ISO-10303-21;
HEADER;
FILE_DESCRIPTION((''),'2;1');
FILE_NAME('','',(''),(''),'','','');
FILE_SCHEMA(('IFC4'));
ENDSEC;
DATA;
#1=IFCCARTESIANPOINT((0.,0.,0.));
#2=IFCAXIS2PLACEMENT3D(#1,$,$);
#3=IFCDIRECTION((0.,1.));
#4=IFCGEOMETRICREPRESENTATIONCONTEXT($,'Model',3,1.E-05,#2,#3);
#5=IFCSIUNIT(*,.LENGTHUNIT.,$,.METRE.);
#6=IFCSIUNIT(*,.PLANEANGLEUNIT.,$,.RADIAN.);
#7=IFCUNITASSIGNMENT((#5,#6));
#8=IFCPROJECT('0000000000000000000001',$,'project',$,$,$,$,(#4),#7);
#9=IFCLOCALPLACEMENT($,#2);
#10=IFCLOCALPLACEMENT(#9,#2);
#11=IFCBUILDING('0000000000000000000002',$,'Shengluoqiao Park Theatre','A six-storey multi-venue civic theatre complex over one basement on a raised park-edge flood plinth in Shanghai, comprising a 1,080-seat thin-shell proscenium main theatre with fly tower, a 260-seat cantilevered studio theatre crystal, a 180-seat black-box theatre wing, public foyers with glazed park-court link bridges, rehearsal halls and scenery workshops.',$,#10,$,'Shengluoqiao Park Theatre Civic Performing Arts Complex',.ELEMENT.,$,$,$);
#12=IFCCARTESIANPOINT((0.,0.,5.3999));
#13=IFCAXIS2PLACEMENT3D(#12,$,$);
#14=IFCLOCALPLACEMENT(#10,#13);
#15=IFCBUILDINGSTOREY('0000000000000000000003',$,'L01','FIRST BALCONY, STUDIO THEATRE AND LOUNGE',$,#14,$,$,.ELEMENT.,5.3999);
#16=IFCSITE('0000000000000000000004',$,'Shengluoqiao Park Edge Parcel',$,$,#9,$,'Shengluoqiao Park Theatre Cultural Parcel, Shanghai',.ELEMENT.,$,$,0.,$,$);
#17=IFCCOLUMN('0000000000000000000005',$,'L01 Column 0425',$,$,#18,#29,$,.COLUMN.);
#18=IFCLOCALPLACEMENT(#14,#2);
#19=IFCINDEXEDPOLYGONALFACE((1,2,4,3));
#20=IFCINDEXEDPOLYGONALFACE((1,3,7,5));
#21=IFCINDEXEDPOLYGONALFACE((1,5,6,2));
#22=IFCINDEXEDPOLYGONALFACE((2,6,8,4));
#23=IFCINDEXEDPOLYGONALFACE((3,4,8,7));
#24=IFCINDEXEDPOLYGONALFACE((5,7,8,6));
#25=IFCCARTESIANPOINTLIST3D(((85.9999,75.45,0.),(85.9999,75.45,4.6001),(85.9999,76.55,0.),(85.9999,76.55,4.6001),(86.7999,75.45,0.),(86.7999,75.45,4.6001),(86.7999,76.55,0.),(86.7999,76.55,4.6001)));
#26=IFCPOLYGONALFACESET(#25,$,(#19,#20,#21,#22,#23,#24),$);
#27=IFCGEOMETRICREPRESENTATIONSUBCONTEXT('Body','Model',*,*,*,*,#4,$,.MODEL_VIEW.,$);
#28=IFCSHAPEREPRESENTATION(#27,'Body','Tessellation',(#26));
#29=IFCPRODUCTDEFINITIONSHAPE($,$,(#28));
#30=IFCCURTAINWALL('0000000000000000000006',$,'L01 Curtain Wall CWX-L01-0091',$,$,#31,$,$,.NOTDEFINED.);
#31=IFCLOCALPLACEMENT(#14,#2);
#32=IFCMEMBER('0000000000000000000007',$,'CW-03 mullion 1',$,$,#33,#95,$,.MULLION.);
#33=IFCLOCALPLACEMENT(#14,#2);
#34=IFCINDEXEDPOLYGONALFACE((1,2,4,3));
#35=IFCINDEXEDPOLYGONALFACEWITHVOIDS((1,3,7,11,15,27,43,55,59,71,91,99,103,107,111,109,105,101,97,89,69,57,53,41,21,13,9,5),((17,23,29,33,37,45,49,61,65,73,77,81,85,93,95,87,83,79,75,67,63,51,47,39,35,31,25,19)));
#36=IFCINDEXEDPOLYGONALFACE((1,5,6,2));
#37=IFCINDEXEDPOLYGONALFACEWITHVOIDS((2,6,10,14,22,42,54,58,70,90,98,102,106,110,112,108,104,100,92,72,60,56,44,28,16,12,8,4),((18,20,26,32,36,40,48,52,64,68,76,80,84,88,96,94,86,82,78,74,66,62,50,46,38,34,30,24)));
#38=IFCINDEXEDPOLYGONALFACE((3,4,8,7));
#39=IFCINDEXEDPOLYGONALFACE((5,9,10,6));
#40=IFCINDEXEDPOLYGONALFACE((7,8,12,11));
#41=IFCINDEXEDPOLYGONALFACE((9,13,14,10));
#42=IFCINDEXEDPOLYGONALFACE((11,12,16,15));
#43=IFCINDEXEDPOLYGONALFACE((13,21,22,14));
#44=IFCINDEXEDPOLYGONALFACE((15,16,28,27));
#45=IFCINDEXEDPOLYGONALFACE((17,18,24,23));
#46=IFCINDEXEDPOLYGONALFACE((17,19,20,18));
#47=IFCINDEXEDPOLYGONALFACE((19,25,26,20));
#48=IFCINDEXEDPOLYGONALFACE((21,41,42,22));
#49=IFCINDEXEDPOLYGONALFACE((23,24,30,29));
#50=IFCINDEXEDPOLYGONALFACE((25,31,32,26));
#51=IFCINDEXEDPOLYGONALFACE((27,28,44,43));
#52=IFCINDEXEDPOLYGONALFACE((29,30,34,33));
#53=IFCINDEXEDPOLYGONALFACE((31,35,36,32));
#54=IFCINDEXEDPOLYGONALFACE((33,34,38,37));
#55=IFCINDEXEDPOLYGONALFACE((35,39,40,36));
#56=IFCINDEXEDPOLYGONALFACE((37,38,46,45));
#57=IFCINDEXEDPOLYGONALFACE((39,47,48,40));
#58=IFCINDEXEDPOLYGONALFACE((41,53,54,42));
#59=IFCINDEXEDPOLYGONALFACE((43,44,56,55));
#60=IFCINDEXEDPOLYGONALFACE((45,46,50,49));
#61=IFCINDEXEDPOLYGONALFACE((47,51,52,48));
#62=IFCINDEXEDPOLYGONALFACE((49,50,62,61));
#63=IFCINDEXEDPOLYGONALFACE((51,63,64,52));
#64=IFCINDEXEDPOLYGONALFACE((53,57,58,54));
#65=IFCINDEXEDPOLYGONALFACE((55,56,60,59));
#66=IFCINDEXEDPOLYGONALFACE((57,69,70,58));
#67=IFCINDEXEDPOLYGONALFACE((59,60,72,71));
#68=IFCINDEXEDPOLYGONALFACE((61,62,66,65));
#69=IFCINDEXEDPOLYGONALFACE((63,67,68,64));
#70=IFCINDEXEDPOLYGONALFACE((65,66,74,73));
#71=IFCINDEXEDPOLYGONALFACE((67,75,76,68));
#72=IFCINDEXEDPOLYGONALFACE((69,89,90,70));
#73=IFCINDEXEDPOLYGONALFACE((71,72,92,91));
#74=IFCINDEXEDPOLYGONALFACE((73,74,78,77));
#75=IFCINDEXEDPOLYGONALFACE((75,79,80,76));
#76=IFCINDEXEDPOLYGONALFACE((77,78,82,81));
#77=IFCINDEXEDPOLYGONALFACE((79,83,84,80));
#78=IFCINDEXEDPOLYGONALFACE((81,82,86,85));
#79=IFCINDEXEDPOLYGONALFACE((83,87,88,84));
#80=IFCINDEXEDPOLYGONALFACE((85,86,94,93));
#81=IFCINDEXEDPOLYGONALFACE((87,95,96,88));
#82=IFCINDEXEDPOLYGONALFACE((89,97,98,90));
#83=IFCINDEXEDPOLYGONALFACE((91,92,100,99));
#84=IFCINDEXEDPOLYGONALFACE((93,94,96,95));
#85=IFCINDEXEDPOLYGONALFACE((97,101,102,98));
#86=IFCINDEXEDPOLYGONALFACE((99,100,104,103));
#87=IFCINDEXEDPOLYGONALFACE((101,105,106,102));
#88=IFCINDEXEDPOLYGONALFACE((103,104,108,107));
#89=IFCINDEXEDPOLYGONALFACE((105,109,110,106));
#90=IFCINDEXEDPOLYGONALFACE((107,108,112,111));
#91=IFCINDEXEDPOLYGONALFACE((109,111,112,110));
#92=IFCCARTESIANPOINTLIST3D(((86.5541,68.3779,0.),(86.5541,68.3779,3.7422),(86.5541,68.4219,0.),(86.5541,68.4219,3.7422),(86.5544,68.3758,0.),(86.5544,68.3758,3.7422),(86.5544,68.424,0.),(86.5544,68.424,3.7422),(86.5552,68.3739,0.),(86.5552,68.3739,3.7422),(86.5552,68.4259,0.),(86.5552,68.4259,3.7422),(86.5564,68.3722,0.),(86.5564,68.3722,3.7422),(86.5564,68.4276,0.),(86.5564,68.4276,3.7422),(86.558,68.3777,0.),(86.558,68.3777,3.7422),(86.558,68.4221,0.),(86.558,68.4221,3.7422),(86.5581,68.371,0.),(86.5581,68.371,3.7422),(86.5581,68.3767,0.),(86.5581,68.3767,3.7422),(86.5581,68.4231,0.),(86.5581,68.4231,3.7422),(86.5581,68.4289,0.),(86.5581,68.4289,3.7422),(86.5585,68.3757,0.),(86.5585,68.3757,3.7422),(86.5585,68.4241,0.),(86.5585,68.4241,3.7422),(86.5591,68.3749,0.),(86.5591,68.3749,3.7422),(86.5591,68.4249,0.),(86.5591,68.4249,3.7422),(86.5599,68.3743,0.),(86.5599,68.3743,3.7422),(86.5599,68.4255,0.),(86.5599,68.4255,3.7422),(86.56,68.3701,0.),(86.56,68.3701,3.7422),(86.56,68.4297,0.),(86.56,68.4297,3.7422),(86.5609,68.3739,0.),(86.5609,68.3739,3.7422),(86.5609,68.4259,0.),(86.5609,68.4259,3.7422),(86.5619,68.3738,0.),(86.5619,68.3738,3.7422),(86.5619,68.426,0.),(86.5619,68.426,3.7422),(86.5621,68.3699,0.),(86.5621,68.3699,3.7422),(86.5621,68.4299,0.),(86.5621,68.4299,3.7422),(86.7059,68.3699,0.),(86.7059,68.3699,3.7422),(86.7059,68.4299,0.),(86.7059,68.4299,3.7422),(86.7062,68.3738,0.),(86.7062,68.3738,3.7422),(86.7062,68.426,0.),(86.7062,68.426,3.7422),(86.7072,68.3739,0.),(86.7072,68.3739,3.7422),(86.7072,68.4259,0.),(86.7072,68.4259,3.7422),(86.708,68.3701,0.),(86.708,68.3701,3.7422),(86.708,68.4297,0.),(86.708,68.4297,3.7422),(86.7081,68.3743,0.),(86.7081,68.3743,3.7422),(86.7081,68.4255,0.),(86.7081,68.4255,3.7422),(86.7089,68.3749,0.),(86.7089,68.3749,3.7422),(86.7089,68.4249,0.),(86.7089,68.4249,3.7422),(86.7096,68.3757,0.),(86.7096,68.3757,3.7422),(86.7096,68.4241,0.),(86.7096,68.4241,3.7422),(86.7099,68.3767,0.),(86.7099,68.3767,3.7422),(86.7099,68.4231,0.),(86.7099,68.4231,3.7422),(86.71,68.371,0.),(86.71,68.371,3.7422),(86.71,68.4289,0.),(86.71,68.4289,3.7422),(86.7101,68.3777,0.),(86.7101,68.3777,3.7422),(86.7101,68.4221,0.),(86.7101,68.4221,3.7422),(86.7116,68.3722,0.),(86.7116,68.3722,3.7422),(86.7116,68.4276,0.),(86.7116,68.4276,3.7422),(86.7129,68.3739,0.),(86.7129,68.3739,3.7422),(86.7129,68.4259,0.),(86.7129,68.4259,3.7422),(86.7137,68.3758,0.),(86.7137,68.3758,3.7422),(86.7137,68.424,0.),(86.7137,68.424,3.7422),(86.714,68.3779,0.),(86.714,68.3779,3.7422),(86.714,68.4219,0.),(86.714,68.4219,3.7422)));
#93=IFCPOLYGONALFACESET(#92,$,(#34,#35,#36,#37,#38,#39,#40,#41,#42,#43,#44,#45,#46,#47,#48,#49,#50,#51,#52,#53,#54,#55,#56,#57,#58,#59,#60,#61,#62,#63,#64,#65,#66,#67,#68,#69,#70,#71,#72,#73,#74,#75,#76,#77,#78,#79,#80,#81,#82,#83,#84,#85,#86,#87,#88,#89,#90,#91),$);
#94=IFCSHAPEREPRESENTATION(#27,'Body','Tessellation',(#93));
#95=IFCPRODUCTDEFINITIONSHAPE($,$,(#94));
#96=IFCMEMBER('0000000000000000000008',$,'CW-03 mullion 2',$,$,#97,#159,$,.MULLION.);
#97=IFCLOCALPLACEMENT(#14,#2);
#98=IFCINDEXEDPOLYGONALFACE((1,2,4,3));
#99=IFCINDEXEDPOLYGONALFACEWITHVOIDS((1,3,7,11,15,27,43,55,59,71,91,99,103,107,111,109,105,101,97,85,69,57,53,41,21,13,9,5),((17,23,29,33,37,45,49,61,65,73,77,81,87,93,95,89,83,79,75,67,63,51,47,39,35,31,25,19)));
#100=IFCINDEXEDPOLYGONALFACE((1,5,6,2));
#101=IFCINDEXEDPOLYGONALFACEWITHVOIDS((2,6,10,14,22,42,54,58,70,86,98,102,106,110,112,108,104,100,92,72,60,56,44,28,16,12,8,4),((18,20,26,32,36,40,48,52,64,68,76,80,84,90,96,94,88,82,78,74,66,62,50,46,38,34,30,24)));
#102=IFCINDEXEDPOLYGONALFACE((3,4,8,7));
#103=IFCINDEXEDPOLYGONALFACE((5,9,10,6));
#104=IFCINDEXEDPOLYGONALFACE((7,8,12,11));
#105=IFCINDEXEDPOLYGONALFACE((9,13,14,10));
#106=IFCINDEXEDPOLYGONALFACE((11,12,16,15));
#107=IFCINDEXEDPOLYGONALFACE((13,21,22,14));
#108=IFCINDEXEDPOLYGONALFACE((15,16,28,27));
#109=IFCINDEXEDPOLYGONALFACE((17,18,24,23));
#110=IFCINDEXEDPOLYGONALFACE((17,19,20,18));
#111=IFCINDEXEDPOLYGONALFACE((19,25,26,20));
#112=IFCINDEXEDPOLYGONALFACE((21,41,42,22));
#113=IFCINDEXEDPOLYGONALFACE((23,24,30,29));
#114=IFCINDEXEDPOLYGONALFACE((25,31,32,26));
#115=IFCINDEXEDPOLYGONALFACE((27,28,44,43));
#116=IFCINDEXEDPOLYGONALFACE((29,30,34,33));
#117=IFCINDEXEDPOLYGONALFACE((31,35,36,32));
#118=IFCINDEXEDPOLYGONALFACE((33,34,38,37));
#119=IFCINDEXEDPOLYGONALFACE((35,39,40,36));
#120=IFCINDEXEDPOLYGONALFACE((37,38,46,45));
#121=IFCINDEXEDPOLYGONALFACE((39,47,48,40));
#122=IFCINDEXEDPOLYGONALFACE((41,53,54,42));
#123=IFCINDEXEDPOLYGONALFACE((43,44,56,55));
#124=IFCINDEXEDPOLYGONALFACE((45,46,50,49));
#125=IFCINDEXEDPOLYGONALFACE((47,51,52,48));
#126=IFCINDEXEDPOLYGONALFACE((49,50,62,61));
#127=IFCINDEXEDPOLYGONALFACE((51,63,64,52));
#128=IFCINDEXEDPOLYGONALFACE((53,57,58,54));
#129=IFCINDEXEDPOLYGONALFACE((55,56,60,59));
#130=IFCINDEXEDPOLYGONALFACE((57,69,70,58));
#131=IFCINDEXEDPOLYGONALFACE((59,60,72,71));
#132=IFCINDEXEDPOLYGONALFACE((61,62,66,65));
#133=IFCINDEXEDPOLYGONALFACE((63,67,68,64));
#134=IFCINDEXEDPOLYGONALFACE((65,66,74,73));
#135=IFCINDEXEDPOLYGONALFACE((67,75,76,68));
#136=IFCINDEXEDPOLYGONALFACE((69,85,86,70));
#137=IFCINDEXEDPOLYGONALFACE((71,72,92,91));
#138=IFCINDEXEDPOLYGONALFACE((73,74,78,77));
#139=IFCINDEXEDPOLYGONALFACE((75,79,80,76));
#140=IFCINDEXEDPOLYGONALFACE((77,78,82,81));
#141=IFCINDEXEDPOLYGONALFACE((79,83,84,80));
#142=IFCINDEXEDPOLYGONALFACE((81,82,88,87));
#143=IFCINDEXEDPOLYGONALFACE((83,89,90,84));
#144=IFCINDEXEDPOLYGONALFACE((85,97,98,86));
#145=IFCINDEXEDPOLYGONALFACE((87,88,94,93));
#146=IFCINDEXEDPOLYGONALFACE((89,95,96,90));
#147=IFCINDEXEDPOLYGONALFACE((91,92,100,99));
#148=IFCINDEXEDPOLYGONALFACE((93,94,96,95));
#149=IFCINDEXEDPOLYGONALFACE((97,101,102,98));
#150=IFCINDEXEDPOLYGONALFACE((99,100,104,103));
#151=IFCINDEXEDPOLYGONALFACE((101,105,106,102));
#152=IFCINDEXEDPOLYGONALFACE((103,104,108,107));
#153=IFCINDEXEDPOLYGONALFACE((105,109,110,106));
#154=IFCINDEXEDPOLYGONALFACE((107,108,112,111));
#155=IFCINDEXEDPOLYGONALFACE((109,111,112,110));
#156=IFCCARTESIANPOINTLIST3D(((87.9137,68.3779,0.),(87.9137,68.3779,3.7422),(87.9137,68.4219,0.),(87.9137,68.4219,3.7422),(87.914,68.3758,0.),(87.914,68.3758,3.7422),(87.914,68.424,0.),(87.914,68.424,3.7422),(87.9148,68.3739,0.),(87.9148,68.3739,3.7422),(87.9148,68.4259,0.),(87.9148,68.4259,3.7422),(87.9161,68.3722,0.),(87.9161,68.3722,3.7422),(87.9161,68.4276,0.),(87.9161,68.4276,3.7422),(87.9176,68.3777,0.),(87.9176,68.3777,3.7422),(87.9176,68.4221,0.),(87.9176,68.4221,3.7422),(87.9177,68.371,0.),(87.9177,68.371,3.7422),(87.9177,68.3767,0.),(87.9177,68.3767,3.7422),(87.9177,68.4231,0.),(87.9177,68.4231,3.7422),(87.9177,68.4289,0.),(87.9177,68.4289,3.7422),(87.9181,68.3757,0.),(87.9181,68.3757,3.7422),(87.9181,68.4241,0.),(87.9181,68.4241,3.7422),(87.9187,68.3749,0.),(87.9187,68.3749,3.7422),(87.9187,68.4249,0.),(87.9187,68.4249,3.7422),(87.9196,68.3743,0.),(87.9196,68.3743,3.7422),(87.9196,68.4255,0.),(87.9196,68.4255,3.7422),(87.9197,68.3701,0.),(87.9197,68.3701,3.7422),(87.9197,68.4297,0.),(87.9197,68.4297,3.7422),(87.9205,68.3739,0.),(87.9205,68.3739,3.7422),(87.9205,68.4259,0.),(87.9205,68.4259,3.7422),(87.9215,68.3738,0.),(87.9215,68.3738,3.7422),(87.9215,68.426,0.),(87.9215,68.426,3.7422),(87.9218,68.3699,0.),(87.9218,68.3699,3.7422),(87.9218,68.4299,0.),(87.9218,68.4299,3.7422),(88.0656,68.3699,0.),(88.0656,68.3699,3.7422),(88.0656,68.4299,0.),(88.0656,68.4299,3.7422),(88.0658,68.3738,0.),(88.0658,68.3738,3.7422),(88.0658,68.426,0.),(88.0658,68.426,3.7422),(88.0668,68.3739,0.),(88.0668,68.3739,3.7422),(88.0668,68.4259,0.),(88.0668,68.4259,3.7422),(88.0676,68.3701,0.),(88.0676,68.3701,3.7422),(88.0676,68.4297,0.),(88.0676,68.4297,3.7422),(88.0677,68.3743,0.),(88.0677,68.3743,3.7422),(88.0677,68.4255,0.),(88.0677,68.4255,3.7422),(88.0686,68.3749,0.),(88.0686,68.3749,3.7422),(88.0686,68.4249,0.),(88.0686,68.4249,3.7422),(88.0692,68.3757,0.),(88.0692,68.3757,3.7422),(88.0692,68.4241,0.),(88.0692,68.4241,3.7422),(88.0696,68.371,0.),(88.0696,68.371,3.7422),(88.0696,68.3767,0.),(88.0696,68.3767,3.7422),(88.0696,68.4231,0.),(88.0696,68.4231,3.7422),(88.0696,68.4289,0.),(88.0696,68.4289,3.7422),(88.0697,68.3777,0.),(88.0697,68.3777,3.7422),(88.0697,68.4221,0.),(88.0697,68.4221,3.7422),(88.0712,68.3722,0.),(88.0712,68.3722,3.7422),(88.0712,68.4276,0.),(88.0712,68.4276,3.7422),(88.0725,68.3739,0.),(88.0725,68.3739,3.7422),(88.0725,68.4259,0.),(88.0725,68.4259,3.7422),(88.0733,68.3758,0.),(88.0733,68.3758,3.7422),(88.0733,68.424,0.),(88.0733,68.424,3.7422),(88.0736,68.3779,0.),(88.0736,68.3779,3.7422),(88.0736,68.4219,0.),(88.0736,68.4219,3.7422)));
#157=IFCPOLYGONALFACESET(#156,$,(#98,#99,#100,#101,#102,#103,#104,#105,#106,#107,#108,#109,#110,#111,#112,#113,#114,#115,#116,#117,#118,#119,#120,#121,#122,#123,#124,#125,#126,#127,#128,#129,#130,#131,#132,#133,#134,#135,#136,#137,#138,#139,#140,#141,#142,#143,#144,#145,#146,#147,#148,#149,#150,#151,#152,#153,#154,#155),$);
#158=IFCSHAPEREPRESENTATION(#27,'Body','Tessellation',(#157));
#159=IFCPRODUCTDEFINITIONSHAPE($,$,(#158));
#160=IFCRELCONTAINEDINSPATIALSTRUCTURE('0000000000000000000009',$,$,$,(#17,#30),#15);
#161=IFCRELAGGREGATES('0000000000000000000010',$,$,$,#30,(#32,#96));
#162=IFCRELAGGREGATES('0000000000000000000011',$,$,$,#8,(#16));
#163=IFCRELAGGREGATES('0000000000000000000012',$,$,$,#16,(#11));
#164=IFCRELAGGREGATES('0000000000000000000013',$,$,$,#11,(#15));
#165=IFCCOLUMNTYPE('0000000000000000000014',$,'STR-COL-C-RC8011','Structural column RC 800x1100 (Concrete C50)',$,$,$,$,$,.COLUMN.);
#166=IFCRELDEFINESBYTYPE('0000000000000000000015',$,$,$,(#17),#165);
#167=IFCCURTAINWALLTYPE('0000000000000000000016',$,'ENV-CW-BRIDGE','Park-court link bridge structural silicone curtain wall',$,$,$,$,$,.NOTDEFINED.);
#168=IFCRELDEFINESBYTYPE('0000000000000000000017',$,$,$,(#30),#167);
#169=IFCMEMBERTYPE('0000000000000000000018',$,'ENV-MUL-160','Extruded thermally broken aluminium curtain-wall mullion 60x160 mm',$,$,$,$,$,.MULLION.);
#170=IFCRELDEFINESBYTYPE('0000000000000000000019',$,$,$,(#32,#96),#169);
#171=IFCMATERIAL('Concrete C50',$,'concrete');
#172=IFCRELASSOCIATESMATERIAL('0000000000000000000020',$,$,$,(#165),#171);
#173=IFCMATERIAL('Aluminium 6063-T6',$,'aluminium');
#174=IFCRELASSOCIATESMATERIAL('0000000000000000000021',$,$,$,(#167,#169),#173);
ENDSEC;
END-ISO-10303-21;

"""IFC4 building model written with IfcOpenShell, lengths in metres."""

from ifc_helpers import new_model, si_unit, direction, frame, origin, origin_2d, place, context, subcontext, project, spatial, rectangle, hollow_rectangle, extrude, material, material_profile, profile_set, type_object, element, aggregate, save


model = new_model("IFC4")

# Units and contexts
model_context = context("Model", 3, precision=1e-05, world=origin(), true_north=direction((0.0, 1.0)))
body_context = subcontext(model_context, "Body", "Model", "MODEL_VIEW")
ifc_project = project(units=[si_unit("LENGTHUNIT", "METRE"), si_unit("PLANEANGLEUNIT", "RADIAN")], contexts=[model_context])

# Site, building, storey
site_placement = place(None, origin())
site = spatial("IfcSite", under=ifc_project, at=site_placement, Name="Shengluoqiao Park Edge Parcel", LongName="Shengluoqiao Park Theatre Cultural Parcel, Shanghai", CompositionType="ELEMENT", RefElevation=0.0)
building_placement = place(site_placement, origin())
building = spatial("IfcBuilding", under=site, at=building_placement, Name="Shengluoqiao Park Theatre", Description="A six-storey multi-venue civic theatre complex over one basement on a raised park-edge flood plinth in Shanghai, comprising a 1,080-seat thin-shell proscenium main theatre with fly tower, a 260-seat cantilevered studio theatre crystal, a 180-seat black-box theatre wing, public foyers with glazed park-court link bridges, rehearsal halls and scenery workshops.", LongName="Shengluoqiao Park Theatre Civic Performing Arts Complex", CompositionType="ELEMENT")
storey_placement = place(building_placement, frame((0.0, 0.0, 5.3999)))
storey = spatial("IfcBuildingStorey", under=building, at=storey_placement, Name="L01", Description="FIRST BALCONY, STUDIO THEATRE AND LOUNGE", CompositionType="ELEMENT", Elevation=5.3999)

# Column
ifc_material_1 = material(Name="Concrete C50", Category="concrete")
ifc_material_profile_1 = material_profile(ifc_material_1, rectangle(XDim=0.8, YDim=1.1001, at=origin_2d()), Name="RC 800x1100")
ifc_profile_set_1 = profile_set([ifc_material_profile_1], Name="Concrete C50")
column_type = type_object("IfcColumnType", Name="STR-COL-C-RC8011", Description="Structural column RC 800x1100 (Concrete C50)", PredefinedType="COLUMN", material=ifc_profile_set_1)
column_placement = place(storey_placement, frame((86.3999, 76.0, 0.0), z_axis=(0.0, 0.0, 1.0), x_axis=(1.0, 0.0, 0.0)))
element("IfcColumn", 1, at=column_placement, inside=storey, type_object=column_type, Name="L01 Column 0425", PredefinedType="COLUMN", context=body_context, shape_type="SweptSolid", body=[
    extrude(rectangle(XDim=0.8, YDim=1.1001, at=origin_2d()), origin(), (0.0, 0.0, 1.0), 4.6001),
])

# Curtain wall, members
ifc_material_2 = material(Name="Aluminium 6063-T6", Category="aluminium")
curtain_wall_type = type_object("IfcCurtainWallType", Name="ENV-CW-BRIDGE", Description="Park-court link bridge structural silicone curtain wall", PredefinedType="NOTDEFINED", material=ifc_material_2)
curtain_wall_placement = place(storey_placement, origin())
curtain_wall = element("IfcCurtainWall", 2, at=curtain_wall_placement, inside=storey, type_object=curtain_wall_type, Name="L01 Curtain Wall CWX-L01-0091", PredefinedType="NOTDEFINED")
ifc_material_profile_2 = material_profile(ifc_material_2, hollow_rectangle(XDim=0.0601, YDim=0.1599, WallThickness=0.0039, InnerFilletRadius=0.0039, OuterFilletRadius=0.0081, at=origin_2d()), Name="ALU MULLION 160x60x4")
ifc_profile_set_2 = profile_set([ifc_material_profile_2], Name="Aluminium 6063-T6")
member_type_1 = type_object("IfcMemberType", Name="ENV-MUL-160", Description="Extruded thermally broken aluminium curtain-wall mullion 60x160 mm", PredefinedType="MULLION", material=ifc_profile_set_2)
member_1_placement = place(storey_placement, frame((86.634, 68.3999, 0.0), z_axis=(0.0, 0.0, 1.0), x_axis=(0.0, 1.0, 0.0)))
member_1 = element("IfcMember", 3, at=member_1_placement, type_object=member_type_1, Name="CW-03 mullion 1", PredefinedType="MULLION", context=body_context, shape_type="SweptSolid", body=[
    extrude(hollow_rectangle(XDim=0.0601, YDim=0.1599, WallThickness=0.0039, InnerFilletRadius=0.0039, OuterFilletRadius=0.0081, at=origin_2d()), origin(), (0.0, 0.0, 1.0), 3.7422),
])
member_2_placement = place(storey_placement, frame((87.9937, 68.3999, 0.0), z_axis=(0.0, 0.0, 1.0), x_axis=(0.0, 1.0, 0.0)))
member_2 = element("IfcMember", 4, at=member_2_placement, type_object=member_type_1, Name="CW-03 mullion 2", PredefinedType="MULLION", context=body_context, shape_type="SweptSolid", body=[
    extrude(hollow_rectangle(XDim=0.0601, YDim=0.1599, WallThickness=0.0039, InnerFilletRadius=0.0039, OuterFilletRadius=0.0081, at=origin_2d()), origin(), (0.0, 0.0, 1.0), 3.7422),
])

aggregate(curtain_wall, [member_1, member_2])

save(model, "model.ifc")
